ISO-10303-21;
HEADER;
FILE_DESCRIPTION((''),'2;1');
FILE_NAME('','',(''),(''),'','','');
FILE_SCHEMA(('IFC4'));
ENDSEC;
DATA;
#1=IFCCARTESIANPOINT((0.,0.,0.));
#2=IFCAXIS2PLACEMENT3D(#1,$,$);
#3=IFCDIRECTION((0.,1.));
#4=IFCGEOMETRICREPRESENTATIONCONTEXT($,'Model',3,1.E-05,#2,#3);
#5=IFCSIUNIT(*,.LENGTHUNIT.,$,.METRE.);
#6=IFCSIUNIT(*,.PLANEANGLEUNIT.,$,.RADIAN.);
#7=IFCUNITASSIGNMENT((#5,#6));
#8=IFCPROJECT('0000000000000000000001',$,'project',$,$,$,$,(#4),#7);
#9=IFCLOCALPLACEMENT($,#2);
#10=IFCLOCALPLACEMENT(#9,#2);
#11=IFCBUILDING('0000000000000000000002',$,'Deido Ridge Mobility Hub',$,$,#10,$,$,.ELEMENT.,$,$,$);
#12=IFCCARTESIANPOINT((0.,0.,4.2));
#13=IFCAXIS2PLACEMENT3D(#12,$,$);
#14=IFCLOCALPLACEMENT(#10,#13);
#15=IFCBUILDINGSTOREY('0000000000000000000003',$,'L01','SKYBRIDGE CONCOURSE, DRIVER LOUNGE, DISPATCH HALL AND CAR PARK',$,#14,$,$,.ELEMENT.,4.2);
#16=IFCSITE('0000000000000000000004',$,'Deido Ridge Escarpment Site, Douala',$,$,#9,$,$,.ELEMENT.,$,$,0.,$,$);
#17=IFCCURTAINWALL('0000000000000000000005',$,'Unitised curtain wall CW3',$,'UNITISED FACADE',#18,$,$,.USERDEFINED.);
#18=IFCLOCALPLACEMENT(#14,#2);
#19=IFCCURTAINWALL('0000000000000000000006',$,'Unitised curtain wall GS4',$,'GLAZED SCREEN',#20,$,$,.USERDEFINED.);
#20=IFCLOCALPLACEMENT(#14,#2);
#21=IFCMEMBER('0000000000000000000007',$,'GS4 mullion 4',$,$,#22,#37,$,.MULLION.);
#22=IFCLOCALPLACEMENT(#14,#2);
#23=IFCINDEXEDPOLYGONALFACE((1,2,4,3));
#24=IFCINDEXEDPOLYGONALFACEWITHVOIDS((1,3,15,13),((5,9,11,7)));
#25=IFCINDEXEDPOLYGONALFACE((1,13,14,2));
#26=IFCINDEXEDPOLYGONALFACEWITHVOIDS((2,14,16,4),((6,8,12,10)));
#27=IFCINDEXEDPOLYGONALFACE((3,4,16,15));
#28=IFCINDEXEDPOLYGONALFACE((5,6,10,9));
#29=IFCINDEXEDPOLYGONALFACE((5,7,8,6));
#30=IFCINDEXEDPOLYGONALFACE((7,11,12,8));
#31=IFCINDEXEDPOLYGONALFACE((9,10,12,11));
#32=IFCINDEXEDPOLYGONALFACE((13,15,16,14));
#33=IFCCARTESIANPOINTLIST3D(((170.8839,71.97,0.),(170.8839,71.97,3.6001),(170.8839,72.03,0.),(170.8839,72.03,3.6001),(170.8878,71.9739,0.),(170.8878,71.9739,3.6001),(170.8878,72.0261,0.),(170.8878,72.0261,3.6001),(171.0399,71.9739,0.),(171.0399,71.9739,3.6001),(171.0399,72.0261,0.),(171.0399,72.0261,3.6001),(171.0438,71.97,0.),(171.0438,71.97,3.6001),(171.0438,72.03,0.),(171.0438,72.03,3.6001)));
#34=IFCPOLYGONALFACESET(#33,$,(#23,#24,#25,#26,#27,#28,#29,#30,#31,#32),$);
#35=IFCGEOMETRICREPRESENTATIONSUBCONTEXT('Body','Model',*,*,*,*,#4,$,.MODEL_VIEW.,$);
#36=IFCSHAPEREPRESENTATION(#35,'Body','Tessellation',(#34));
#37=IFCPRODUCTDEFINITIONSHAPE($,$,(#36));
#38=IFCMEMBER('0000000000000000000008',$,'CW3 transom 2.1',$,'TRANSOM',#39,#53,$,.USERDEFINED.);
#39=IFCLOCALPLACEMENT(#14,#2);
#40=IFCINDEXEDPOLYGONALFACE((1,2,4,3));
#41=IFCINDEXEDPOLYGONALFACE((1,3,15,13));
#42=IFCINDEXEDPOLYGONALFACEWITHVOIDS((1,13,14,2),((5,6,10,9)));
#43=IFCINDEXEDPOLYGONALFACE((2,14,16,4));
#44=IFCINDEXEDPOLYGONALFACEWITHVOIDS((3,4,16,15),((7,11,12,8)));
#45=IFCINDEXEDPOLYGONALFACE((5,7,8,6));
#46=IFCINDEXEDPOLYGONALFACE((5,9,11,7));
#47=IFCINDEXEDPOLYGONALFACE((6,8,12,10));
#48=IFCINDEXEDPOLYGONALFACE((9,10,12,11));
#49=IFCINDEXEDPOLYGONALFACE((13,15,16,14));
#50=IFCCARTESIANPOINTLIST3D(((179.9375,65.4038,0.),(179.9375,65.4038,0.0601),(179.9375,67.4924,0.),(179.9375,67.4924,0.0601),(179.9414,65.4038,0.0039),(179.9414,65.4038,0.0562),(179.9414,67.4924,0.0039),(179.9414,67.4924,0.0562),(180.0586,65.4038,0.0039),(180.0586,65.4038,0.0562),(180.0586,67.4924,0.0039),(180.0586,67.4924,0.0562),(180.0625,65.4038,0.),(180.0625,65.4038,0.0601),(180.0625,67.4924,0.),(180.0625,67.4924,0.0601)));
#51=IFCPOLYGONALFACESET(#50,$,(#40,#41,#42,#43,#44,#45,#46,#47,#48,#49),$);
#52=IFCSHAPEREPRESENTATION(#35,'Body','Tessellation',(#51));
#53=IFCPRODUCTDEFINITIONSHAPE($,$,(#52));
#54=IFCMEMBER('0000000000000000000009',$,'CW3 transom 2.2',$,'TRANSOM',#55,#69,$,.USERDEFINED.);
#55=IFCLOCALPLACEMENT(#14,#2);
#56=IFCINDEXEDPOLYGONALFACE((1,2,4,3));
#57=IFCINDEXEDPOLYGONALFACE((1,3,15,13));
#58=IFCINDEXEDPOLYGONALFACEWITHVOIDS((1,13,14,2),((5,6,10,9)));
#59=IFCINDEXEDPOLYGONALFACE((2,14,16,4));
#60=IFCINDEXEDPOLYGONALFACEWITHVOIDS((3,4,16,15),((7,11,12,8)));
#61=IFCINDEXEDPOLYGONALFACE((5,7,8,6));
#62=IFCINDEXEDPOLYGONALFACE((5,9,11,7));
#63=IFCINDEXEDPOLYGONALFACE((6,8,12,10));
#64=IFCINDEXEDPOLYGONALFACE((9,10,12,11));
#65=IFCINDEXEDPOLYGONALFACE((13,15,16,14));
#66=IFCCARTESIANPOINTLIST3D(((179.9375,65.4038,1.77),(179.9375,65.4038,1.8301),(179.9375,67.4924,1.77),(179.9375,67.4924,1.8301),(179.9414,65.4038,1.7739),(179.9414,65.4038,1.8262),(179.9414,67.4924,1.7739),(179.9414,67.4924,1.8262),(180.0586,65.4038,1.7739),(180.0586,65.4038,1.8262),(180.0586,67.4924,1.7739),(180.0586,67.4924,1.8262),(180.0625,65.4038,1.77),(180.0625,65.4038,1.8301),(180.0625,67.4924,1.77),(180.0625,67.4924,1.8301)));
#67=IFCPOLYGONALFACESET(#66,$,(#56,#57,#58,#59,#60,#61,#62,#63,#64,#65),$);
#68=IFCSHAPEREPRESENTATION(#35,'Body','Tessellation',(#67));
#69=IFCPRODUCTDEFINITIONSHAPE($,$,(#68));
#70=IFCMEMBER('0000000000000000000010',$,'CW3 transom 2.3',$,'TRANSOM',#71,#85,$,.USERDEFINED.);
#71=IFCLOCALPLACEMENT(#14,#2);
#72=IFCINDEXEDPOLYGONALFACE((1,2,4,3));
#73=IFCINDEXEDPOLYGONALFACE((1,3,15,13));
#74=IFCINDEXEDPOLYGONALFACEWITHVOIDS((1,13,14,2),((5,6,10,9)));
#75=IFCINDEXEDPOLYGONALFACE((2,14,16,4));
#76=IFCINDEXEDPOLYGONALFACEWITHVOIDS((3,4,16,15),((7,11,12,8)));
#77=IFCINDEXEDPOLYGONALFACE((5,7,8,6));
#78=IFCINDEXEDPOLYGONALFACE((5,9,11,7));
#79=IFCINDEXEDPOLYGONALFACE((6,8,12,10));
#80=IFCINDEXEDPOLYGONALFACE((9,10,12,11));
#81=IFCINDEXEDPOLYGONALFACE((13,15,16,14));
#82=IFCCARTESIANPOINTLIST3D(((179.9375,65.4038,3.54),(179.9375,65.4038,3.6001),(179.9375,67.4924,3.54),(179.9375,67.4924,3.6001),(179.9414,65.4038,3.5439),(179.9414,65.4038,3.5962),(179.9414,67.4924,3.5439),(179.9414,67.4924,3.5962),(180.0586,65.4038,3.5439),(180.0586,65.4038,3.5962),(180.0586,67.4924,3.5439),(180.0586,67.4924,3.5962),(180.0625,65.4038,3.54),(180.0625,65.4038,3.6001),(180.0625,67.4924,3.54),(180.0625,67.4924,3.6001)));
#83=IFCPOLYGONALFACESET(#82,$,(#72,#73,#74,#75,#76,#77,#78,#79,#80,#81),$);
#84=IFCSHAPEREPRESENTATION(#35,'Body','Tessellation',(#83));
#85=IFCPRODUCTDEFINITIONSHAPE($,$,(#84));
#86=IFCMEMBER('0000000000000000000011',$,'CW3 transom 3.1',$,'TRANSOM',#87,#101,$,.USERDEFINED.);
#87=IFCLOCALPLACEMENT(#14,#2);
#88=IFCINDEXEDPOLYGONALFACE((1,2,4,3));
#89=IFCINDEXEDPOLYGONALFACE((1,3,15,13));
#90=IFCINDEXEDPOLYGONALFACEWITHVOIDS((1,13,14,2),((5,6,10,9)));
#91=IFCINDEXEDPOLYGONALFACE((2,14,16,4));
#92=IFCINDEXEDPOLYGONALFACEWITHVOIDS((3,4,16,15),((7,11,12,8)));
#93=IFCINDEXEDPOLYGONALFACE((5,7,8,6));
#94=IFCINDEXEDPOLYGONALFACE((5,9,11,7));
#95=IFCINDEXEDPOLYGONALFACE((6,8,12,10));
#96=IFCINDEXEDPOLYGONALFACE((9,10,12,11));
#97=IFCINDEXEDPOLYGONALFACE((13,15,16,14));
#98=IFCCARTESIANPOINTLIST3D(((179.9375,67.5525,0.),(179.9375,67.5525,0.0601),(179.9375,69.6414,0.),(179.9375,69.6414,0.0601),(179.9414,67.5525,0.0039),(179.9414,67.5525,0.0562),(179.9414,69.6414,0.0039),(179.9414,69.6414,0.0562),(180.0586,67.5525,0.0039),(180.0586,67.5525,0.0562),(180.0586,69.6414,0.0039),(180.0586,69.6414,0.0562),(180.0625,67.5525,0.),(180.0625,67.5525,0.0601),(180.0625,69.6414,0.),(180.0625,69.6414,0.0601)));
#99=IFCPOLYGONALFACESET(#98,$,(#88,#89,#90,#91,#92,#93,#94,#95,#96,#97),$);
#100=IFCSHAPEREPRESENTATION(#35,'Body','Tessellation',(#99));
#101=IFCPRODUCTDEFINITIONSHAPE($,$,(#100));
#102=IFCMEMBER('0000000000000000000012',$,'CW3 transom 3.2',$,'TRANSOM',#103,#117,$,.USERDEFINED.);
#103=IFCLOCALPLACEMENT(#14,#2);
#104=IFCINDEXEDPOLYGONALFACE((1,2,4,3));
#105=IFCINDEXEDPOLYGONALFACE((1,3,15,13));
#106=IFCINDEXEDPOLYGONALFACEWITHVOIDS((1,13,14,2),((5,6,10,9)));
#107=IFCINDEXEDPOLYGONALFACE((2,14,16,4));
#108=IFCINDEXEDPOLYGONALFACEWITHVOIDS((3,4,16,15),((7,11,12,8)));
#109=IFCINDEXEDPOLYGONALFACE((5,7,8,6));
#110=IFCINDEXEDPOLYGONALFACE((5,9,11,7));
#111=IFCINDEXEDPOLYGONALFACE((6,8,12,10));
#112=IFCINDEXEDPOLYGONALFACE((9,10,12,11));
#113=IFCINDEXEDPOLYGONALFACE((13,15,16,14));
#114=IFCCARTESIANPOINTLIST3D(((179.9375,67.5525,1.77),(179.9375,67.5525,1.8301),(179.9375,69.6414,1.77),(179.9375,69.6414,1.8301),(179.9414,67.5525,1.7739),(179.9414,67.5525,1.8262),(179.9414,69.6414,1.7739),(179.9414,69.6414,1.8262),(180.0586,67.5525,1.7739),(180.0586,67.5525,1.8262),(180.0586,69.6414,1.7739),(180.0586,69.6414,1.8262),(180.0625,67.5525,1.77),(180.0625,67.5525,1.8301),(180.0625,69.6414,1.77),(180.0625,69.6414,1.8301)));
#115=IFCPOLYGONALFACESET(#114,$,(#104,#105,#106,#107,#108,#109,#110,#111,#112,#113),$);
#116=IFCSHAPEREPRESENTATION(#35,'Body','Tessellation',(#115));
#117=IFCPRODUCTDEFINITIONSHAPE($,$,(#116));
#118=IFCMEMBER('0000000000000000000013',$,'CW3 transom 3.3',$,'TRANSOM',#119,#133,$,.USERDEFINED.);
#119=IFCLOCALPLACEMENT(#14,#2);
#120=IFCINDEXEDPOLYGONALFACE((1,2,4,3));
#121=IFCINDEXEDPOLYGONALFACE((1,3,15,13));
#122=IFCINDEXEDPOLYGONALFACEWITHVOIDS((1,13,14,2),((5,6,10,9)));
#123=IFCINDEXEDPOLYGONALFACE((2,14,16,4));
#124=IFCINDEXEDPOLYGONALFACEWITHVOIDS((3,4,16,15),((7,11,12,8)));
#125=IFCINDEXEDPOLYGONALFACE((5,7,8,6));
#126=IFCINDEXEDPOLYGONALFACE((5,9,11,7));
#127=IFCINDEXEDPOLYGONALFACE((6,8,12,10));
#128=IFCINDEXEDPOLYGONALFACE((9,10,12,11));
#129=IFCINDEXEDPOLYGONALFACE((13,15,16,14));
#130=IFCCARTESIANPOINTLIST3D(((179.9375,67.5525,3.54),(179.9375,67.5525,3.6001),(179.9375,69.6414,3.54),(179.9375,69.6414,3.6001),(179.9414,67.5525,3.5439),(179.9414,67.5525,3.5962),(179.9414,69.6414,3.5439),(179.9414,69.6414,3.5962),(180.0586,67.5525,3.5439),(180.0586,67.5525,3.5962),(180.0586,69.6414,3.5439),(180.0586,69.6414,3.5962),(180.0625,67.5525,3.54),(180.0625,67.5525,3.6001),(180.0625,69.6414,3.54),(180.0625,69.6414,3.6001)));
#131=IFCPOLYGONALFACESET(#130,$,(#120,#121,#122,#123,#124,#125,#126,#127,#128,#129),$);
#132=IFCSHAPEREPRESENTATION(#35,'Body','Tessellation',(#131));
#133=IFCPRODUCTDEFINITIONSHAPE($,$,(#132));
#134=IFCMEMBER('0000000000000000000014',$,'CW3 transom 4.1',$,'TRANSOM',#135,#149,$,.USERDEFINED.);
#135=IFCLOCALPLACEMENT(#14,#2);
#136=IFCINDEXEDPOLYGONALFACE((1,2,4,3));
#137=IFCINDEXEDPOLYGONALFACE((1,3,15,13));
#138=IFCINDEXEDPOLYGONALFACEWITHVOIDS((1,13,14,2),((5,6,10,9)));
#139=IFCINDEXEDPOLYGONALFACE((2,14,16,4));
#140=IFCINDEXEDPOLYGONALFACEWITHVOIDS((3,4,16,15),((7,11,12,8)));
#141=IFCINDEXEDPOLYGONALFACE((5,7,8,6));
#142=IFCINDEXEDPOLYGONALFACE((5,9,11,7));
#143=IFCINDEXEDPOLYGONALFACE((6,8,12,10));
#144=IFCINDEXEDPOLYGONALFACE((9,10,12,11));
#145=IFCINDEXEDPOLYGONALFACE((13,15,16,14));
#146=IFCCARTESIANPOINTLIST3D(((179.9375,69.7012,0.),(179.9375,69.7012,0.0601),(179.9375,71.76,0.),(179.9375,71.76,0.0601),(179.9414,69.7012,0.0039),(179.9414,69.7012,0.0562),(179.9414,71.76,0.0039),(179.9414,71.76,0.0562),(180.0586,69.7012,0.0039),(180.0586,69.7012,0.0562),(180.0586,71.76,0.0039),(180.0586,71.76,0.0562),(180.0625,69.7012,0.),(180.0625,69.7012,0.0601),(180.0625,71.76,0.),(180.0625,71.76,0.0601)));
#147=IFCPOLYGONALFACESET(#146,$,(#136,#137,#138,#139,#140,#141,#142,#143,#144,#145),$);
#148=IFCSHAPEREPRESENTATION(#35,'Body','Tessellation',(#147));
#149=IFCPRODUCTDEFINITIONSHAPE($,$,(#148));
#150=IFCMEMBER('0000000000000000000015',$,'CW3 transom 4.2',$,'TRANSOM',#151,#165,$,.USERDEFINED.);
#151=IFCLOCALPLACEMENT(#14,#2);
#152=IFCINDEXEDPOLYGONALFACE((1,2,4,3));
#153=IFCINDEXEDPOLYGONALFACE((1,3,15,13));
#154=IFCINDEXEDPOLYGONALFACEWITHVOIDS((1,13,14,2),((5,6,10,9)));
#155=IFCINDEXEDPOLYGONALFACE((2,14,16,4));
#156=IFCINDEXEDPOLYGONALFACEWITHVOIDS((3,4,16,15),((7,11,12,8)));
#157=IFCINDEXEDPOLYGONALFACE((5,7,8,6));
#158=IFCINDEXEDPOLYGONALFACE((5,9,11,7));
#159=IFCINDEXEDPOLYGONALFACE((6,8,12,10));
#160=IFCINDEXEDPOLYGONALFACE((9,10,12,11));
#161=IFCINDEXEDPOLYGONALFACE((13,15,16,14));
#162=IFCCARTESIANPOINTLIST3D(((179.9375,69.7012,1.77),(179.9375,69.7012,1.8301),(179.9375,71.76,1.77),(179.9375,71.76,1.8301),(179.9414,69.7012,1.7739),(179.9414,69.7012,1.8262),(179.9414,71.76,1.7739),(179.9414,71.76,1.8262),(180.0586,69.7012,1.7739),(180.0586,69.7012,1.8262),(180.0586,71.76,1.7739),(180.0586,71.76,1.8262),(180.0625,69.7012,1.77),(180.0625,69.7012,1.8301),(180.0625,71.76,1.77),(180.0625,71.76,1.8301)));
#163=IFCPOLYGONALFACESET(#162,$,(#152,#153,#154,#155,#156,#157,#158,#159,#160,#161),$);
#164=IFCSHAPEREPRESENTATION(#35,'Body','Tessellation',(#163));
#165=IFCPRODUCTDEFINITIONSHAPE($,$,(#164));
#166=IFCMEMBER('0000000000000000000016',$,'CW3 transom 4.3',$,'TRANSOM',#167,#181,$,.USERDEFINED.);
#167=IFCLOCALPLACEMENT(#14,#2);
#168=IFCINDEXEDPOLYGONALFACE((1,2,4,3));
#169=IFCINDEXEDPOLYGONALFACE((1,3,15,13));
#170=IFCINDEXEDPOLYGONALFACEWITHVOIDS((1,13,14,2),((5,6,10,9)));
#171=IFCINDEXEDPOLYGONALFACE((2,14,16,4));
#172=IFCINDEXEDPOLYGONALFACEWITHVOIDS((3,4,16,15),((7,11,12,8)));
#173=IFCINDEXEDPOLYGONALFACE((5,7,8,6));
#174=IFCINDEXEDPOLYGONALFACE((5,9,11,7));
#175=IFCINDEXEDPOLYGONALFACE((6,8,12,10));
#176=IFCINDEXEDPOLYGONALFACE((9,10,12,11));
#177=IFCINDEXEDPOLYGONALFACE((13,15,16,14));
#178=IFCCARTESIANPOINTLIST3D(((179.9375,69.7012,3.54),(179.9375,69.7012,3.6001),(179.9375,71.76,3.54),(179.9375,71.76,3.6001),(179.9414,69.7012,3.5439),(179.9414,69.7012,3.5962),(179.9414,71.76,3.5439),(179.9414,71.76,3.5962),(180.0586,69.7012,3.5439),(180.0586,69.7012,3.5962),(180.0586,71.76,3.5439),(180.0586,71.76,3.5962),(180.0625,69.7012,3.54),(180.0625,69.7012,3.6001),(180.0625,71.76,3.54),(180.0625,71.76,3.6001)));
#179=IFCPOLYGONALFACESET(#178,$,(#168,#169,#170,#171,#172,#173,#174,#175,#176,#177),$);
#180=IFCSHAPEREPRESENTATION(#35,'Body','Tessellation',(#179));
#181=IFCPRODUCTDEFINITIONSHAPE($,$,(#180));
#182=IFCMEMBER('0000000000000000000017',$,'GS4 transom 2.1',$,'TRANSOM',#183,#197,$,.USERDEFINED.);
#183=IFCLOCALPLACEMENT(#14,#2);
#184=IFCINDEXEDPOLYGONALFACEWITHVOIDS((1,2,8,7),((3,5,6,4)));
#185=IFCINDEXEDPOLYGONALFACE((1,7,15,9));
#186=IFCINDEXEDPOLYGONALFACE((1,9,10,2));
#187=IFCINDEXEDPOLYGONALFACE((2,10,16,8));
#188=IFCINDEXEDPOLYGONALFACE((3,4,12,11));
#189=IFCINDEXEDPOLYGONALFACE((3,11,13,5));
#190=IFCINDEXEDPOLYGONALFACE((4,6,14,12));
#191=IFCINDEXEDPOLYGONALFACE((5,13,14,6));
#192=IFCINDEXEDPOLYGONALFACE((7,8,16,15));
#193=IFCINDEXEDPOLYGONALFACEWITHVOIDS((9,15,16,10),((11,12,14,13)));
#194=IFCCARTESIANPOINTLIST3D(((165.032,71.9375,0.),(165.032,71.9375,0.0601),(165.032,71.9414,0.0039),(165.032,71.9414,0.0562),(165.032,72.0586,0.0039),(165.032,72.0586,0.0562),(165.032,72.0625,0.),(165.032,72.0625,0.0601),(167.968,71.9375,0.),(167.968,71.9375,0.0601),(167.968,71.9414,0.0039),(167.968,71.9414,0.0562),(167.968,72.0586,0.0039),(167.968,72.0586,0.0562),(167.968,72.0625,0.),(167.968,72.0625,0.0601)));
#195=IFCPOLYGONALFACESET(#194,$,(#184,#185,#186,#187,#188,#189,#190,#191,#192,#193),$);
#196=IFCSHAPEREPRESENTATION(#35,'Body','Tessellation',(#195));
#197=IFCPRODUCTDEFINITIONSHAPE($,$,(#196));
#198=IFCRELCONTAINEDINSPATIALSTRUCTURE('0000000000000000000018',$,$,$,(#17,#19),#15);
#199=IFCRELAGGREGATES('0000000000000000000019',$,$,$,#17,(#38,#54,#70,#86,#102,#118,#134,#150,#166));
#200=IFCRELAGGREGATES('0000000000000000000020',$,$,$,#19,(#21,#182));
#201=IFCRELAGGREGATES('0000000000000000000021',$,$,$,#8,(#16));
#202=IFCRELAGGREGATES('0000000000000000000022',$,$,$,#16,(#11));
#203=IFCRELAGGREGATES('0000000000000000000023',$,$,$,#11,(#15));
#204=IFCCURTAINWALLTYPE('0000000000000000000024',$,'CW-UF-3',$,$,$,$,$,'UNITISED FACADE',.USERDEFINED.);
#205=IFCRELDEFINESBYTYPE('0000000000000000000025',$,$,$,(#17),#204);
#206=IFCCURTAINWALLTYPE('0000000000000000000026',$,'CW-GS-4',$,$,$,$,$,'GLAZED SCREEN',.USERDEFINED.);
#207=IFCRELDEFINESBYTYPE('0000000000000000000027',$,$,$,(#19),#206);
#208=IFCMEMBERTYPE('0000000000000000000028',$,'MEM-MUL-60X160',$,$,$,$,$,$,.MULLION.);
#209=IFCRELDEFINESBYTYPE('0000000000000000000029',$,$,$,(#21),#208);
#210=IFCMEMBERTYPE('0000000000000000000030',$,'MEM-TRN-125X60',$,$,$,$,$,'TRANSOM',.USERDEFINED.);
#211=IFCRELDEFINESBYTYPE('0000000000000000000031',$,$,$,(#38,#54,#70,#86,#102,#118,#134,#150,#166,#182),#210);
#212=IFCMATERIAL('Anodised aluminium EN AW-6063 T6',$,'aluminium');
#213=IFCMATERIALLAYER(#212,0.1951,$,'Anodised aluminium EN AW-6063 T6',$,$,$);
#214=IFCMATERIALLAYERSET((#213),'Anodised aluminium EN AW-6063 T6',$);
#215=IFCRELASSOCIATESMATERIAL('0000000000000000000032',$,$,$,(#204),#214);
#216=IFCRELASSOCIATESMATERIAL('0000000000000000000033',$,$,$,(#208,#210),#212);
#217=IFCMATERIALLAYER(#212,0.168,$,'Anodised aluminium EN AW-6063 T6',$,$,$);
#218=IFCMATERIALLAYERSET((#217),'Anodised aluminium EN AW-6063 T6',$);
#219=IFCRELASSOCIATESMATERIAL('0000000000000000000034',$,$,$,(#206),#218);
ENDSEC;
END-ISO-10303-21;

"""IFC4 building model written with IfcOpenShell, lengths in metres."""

from ifc_helpers import new_model, si_unit, direction, frame, origin, origin_2d, place, context, subcontext, project, spatial, hollow_rectangle, extrude, material, layer, layer_set, material_profile, profile_set, type_object, element, aggregate, save


model = new_model("IFC4")

# Units and contexts
model_context = context("Model", 3, precision=1e-05, world=origin(), true_north=direction((0.0, 1.0)))
body_context = subcontext(model_context, "Body", "Model", "MODEL_VIEW")
ifc_project = project(units=[si_unit("LENGTHUNIT", "METRE"), si_unit("PLANEANGLEUNIT", "RADIAN")], contexts=[model_context])

# Site, building, storey
site_placement = place(None, origin())
site = spatial("IfcSite", under=ifc_project, at=site_placement, Name="Deido Ridge Escarpment Site, Douala", CompositionType="ELEMENT", RefElevation=0.0)
building_placement = place(site_placement, origin())
building = spatial("IfcBuilding", under=site, at=building_placement, Name="Deido Ridge Mobility Hub", CompositionType="ELEMENT")
storey_placement = place(building_placement, frame((0.0, 0.0, 4.2)))
storey = spatial("IfcBuildingStorey", under=building, at=storey_placement, Name="L01", Description="SKYBRIDGE CONCOURSE, DRIVER LOUNGE, DISPATCH HALL AND CAR PARK", CompositionType="ELEMENT", Elevation=4.2)

# Curtain walls, member
ifc_material_1 = material(Name="Anodised aluminium EN AW-6063 T6", Category="aluminium")
ifc_layer_1 = layer(ifc_material_1, 0.1951, Name="Anodised aluminium EN AW-6063 T6")
ifc_layer_set_1 = layer_set([ifc_layer_1], Name="Anodised aluminium EN AW-6063 T6")
curtain_wall_type_1 = type_object("IfcCurtainWallType", Name="CW-UF-3", ElementType="UNITISED FACADE", PredefinedType="USERDEFINED", material=ifc_layer_set_1)
curtain_wall_1_placement = place(storey_placement, origin())
curtain_wall_1 = element("IfcCurtainWall", 1, at=curtain_wall_1_placement, inside=storey, type_object=curtain_wall_type_1, Name="Unitised curtain wall CW3", ObjectType="UNITISED FACADE", PredefinedType="USERDEFINED")
ifc_material_profile_1 = material_profile(ifc_material_1, hollow_rectangle(XDim=0.0601, YDim=0.1599, WallThickness=0.0039, at=origin_2d()), Name="RHS 60x160x4")
ifc_profile_set_1 = profile_set([ifc_material_profile_1], Name="Anodised aluminium EN AW-6063 T6")
member_type_1 = type_object("IfcMemberType", Name="MEM-MUL-60X160", PredefinedType="MULLION", material=ifc_profile_set_1)
ifc_layer_2 = layer(ifc_material_1, 0.168, Name="Anodised aluminium EN AW-6063 T6")
ifc_layer_set_2 = layer_set([ifc_layer_2], Name="Anodised aluminium EN AW-6063 T6")
curtain_wall_type_2 = type_object("IfcCurtainWallType", Name="CW-GS-4", ElementType="GLAZED SCREEN", PredefinedType="USERDEFINED", material=ifc_layer_set_2)
curtain_wall_2_placement = place(storey_placement, origin())
curtain_wall_2 = element("IfcCurtainWall", 2, at=curtain_wall_2_placement, inside=storey, type_object=curtain_wall_type_2, Name="Unitised curtain wall GS4", ObjectType="GLAZED SCREEN", PredefinedType="USERDEFINED")
member_1_placement = place(storey_placement, frame((170.9639, 72.0, 0.0), z_axis=(0.0, 0.0, 1.0), x_axis=(0.0, 1.0, 0.0)))
member_1 = element("IfcMember", 3, at=member_1_placement, type_object=member_type_1, Name="GS4 mullion 4", PredefinedType="MULLION", context=body_context, shape_type="SweptSolid", body=[
    extrude(hollow_rectangle(XDim=0.0601, YDim=0.1599, WallThickness=0.0039, at=origin_2d()), origin(), (0.0, 0.0, 1.0), 3.6001),
])

# Members
ifc_material_profile_2 = material_profile(ifc_material_1, hollow_rectangle(XDim=0.125, YDim=0.0601, WallThickness=0.0039, at=origin_2d()), Name="RHS 125x60x4")
ifc_profile_set_2 = profile_set([ifc_material_profile_2], Name="Anodised aluminium EN AW-6063 T6")
member_type_2 = type_object("IfcMemberType", Name="MEM-TRN-125X60", ElementType="TRANSOM", PredefinedType="USERDEFINED", material=ifc_profile_set_2)
member_2_placement = place(storey_placement, frame((180.0, 65.4038, 0.03), z_axis=(0.0, 1.0, 0.0), x_axis=(-1.0, 0.0, 0.0)))
member_2 = element("IfcMember", 4, at=member_2_placement, type_object=member_type_2, Name="CW3 transom 2.1", ObjectType="TRANSOM", PredefinedType="USERDEFINED", context=body_context, shape_type="SweptSolid", body=[
    extrude(hollow_rectangle(XDim=0.125, YDim=0.0601, WallThickness=0.0039, at=origin_2d()), origin(), (0.0, 0.0, 1.0), 2.0886),
])
member_3_placement = place(storey_placement, frame((180.0, 65.4038, 1.8), z_axis=(0.0, 1.0, 0.0), x_axis=(-1.0, 0.0, 0.0)))
member_3 = element("IfcMember", 5, at=member_3_placement, type_object=member_type_2, Name="CW3 transom 2.2", ObjectType="TRANSOM", PredefinedType="USERDEFINED", context=body_context, shape_type="SweptSolid", body=[
    extrude(hollow_rectangle(XDim=0.125, YDim=0.0601, WallThickness=0.0039, at=origin_2d()), origin(), (0.0, 0.0, 1.0), 2.0886),
])
member_4_placement = place(storey_placement, frame((180.0, 65.4038, 3.5701), z_axis=(0.0, 1.0, 0.0), x_axis=(-1.0, 0.0, 0.0)))
member_4 = element("IfcMember", 6, at=member_4_placement, type_object=member_type_2, Name="CW3 transom 2.3", ObjectType="TRANSOM", PredefinedType="USERDEFINED", context=body_context, shape_type="SweptSolid", body=[
    extrude(hollow_rectangle(XDim=0.125, YDim=0.0601, WallThickness=0.0039, at=origin_2d()), origin(), (0.0, 0.0, 1.0), 2.0886),
])
member_5_placement = place(storey_placement, frame((180.0, 67.5525, 0.03), z_axis=(0.0, 1.0, 0.0), x_axis=(-1.0, 0.0, 0.0)))
member_5 = element("IfcMember", 7, at=member_5_placement, type_object=member_type_2, Name="CW3 transom 3.1", ObjectType="TRANSOM", PredefinedType="USERDEFINED", context=body_context, shape_type="SweptSolid", body=[
    extrude(hollow_rectangle(XDim=0.125, YDim=0.0601, WallThickness=0.0039, at=origin_2d()), origin(), (0.0, 0.0, 1.0), 2.0889),
])
member_6_placement = place(storey_placement, frame((180.0, 67.5525, 1.8), z_axis=(0.0, 1.0, 0.0), x_axis=(-1.0, 0.0, 0.0)))
member_6 = element("IfcMember", 8, at=member_6_placement, type_object=member_type_2, Name="CW3 transom 3.2", ObjectType="TRANSOM", PredefinedType="USERDEFINED", context=body_context, shape_type="SweptSolid", body=[
    extrude(hollow_rectangle(XDim=0.125, YDim=0.0601, WallThickness=0.0039, at=origin_2d()), origin(), (0.0, 0.0, 1.0), 2.0889),
])
member_7_placement = place(storey_placement, frame((180.0, 67.5525, 3.5701), z_axis=(0.0, 1.0, 0.0), x_axis=(-1.0, 0.0, 0.0)))
member_7 = element("IfcMember", 9, at=member_7_placement, type_object=member_type_2, Name="CW3 transom 3.3", ObjectType="TRANSOM", PredefinedType="USERDEFINED", context=body_context, shape_type="SweptSolid", body=[
    extrude(hollow_rectangle(XDim=0.125, YDim=0.0601, WallThickness=0.0039, at=origin_2d()), origin(), (0.0, 0.0, 1.0), 2.0889),
])
member_8_placement = place(storey_placement, frame((180.0, 69.7012, 0.03), z_axis=(0.0, 1.0, 0.0), x_axis=(-1.0, 0.0, 0.0)))
member_8 = element("IfcMember", 10, at=member_8_placement, type_object=member_type_2, Name="CW3 transom 4.1", ObjectType="TRANSOM", PredefinedType="USERDEFINED", context=body_context, shape_type="SweptSolid", body=[
    extrude(hollow_rectangle(XDim=0.125, YDim=0.0601, WallThickness=0.0039, at=origin_2d()), origin(), (0.0, 0.0, 1.0), 2.0588),
])
member_9_placement = place(storey_placement, frame((180.0, 69.7012, 1.8), z_axis=(0.0, 1.0, 0.0), x_axis=(-1.0, 0.0, 0.0)))
member_9 = element("IfcMember", 11, at=member_9_placement, type_object=member_type_2, Name="CW3 transom 4.2", ObjectType="TRANSOM", PredefinedType="USERDEFINED", context=body_context, shape_type="SweptSolid", body=[
    extrude(hollow_rectangle(XDim=0.125, YDim=0.0601, WallThickness=0.0039, at=origin_2d()), origin(), (0.0, 0.0, 1.0), 2.0588),
])
member_10_placement = place(storey_placement, frame((180.0, 69.7012, 3.5701), z_axis=(0.0, 1.0, 0.0), x_axis=(-1.0, 0.0, 0.0)))
member_10 = element("IfcMember", 12, at=member_10_placement, type_object=member_type_2, Name="CW3 transom 4.3", ObjectType="TRANSOM", PredefinedType="USERDEFINED", context=body_context, shape_type="SweptSolid", body=[
    extrude(hollow_rectangle(XDim=0.125, YDim=0.0601, WallThickness=0.0039, at=origin_2d()), origin(), (0.0, 0.0, 1.0), 2.0588),
])
member_11_placement = place(storey_placement, frame((165.032, 72.0, 0.03), z_axis=(1.0, 0.0, 0.0), x_axis=(0.0, 1.0, 0.0)))
member_11 = element("IfcMember", 13, at=member_11_placement, type_object=member_type_2, Name="GS4 transom 2.1", ObjectType="TRANSOM", PredefinedType="USERDEFINED", context=body_context, shape_type="SweptSolid", body=[
    extrude(hollow_rectangle(XDim=0.125, YDim=0.0601, WallThickness=0.0039, at=origin_2d()), origin(), (0.0, 0.0, 1.0), 2.936),
])

aggregate(curtain_wall_1, [member_2, member_3, member_4, member_5, member_6, member_7, member_8, member_9, member_10])
aggregate(curtain_wall_2, [member_1, member_11])

save(model, "model.ifc")
